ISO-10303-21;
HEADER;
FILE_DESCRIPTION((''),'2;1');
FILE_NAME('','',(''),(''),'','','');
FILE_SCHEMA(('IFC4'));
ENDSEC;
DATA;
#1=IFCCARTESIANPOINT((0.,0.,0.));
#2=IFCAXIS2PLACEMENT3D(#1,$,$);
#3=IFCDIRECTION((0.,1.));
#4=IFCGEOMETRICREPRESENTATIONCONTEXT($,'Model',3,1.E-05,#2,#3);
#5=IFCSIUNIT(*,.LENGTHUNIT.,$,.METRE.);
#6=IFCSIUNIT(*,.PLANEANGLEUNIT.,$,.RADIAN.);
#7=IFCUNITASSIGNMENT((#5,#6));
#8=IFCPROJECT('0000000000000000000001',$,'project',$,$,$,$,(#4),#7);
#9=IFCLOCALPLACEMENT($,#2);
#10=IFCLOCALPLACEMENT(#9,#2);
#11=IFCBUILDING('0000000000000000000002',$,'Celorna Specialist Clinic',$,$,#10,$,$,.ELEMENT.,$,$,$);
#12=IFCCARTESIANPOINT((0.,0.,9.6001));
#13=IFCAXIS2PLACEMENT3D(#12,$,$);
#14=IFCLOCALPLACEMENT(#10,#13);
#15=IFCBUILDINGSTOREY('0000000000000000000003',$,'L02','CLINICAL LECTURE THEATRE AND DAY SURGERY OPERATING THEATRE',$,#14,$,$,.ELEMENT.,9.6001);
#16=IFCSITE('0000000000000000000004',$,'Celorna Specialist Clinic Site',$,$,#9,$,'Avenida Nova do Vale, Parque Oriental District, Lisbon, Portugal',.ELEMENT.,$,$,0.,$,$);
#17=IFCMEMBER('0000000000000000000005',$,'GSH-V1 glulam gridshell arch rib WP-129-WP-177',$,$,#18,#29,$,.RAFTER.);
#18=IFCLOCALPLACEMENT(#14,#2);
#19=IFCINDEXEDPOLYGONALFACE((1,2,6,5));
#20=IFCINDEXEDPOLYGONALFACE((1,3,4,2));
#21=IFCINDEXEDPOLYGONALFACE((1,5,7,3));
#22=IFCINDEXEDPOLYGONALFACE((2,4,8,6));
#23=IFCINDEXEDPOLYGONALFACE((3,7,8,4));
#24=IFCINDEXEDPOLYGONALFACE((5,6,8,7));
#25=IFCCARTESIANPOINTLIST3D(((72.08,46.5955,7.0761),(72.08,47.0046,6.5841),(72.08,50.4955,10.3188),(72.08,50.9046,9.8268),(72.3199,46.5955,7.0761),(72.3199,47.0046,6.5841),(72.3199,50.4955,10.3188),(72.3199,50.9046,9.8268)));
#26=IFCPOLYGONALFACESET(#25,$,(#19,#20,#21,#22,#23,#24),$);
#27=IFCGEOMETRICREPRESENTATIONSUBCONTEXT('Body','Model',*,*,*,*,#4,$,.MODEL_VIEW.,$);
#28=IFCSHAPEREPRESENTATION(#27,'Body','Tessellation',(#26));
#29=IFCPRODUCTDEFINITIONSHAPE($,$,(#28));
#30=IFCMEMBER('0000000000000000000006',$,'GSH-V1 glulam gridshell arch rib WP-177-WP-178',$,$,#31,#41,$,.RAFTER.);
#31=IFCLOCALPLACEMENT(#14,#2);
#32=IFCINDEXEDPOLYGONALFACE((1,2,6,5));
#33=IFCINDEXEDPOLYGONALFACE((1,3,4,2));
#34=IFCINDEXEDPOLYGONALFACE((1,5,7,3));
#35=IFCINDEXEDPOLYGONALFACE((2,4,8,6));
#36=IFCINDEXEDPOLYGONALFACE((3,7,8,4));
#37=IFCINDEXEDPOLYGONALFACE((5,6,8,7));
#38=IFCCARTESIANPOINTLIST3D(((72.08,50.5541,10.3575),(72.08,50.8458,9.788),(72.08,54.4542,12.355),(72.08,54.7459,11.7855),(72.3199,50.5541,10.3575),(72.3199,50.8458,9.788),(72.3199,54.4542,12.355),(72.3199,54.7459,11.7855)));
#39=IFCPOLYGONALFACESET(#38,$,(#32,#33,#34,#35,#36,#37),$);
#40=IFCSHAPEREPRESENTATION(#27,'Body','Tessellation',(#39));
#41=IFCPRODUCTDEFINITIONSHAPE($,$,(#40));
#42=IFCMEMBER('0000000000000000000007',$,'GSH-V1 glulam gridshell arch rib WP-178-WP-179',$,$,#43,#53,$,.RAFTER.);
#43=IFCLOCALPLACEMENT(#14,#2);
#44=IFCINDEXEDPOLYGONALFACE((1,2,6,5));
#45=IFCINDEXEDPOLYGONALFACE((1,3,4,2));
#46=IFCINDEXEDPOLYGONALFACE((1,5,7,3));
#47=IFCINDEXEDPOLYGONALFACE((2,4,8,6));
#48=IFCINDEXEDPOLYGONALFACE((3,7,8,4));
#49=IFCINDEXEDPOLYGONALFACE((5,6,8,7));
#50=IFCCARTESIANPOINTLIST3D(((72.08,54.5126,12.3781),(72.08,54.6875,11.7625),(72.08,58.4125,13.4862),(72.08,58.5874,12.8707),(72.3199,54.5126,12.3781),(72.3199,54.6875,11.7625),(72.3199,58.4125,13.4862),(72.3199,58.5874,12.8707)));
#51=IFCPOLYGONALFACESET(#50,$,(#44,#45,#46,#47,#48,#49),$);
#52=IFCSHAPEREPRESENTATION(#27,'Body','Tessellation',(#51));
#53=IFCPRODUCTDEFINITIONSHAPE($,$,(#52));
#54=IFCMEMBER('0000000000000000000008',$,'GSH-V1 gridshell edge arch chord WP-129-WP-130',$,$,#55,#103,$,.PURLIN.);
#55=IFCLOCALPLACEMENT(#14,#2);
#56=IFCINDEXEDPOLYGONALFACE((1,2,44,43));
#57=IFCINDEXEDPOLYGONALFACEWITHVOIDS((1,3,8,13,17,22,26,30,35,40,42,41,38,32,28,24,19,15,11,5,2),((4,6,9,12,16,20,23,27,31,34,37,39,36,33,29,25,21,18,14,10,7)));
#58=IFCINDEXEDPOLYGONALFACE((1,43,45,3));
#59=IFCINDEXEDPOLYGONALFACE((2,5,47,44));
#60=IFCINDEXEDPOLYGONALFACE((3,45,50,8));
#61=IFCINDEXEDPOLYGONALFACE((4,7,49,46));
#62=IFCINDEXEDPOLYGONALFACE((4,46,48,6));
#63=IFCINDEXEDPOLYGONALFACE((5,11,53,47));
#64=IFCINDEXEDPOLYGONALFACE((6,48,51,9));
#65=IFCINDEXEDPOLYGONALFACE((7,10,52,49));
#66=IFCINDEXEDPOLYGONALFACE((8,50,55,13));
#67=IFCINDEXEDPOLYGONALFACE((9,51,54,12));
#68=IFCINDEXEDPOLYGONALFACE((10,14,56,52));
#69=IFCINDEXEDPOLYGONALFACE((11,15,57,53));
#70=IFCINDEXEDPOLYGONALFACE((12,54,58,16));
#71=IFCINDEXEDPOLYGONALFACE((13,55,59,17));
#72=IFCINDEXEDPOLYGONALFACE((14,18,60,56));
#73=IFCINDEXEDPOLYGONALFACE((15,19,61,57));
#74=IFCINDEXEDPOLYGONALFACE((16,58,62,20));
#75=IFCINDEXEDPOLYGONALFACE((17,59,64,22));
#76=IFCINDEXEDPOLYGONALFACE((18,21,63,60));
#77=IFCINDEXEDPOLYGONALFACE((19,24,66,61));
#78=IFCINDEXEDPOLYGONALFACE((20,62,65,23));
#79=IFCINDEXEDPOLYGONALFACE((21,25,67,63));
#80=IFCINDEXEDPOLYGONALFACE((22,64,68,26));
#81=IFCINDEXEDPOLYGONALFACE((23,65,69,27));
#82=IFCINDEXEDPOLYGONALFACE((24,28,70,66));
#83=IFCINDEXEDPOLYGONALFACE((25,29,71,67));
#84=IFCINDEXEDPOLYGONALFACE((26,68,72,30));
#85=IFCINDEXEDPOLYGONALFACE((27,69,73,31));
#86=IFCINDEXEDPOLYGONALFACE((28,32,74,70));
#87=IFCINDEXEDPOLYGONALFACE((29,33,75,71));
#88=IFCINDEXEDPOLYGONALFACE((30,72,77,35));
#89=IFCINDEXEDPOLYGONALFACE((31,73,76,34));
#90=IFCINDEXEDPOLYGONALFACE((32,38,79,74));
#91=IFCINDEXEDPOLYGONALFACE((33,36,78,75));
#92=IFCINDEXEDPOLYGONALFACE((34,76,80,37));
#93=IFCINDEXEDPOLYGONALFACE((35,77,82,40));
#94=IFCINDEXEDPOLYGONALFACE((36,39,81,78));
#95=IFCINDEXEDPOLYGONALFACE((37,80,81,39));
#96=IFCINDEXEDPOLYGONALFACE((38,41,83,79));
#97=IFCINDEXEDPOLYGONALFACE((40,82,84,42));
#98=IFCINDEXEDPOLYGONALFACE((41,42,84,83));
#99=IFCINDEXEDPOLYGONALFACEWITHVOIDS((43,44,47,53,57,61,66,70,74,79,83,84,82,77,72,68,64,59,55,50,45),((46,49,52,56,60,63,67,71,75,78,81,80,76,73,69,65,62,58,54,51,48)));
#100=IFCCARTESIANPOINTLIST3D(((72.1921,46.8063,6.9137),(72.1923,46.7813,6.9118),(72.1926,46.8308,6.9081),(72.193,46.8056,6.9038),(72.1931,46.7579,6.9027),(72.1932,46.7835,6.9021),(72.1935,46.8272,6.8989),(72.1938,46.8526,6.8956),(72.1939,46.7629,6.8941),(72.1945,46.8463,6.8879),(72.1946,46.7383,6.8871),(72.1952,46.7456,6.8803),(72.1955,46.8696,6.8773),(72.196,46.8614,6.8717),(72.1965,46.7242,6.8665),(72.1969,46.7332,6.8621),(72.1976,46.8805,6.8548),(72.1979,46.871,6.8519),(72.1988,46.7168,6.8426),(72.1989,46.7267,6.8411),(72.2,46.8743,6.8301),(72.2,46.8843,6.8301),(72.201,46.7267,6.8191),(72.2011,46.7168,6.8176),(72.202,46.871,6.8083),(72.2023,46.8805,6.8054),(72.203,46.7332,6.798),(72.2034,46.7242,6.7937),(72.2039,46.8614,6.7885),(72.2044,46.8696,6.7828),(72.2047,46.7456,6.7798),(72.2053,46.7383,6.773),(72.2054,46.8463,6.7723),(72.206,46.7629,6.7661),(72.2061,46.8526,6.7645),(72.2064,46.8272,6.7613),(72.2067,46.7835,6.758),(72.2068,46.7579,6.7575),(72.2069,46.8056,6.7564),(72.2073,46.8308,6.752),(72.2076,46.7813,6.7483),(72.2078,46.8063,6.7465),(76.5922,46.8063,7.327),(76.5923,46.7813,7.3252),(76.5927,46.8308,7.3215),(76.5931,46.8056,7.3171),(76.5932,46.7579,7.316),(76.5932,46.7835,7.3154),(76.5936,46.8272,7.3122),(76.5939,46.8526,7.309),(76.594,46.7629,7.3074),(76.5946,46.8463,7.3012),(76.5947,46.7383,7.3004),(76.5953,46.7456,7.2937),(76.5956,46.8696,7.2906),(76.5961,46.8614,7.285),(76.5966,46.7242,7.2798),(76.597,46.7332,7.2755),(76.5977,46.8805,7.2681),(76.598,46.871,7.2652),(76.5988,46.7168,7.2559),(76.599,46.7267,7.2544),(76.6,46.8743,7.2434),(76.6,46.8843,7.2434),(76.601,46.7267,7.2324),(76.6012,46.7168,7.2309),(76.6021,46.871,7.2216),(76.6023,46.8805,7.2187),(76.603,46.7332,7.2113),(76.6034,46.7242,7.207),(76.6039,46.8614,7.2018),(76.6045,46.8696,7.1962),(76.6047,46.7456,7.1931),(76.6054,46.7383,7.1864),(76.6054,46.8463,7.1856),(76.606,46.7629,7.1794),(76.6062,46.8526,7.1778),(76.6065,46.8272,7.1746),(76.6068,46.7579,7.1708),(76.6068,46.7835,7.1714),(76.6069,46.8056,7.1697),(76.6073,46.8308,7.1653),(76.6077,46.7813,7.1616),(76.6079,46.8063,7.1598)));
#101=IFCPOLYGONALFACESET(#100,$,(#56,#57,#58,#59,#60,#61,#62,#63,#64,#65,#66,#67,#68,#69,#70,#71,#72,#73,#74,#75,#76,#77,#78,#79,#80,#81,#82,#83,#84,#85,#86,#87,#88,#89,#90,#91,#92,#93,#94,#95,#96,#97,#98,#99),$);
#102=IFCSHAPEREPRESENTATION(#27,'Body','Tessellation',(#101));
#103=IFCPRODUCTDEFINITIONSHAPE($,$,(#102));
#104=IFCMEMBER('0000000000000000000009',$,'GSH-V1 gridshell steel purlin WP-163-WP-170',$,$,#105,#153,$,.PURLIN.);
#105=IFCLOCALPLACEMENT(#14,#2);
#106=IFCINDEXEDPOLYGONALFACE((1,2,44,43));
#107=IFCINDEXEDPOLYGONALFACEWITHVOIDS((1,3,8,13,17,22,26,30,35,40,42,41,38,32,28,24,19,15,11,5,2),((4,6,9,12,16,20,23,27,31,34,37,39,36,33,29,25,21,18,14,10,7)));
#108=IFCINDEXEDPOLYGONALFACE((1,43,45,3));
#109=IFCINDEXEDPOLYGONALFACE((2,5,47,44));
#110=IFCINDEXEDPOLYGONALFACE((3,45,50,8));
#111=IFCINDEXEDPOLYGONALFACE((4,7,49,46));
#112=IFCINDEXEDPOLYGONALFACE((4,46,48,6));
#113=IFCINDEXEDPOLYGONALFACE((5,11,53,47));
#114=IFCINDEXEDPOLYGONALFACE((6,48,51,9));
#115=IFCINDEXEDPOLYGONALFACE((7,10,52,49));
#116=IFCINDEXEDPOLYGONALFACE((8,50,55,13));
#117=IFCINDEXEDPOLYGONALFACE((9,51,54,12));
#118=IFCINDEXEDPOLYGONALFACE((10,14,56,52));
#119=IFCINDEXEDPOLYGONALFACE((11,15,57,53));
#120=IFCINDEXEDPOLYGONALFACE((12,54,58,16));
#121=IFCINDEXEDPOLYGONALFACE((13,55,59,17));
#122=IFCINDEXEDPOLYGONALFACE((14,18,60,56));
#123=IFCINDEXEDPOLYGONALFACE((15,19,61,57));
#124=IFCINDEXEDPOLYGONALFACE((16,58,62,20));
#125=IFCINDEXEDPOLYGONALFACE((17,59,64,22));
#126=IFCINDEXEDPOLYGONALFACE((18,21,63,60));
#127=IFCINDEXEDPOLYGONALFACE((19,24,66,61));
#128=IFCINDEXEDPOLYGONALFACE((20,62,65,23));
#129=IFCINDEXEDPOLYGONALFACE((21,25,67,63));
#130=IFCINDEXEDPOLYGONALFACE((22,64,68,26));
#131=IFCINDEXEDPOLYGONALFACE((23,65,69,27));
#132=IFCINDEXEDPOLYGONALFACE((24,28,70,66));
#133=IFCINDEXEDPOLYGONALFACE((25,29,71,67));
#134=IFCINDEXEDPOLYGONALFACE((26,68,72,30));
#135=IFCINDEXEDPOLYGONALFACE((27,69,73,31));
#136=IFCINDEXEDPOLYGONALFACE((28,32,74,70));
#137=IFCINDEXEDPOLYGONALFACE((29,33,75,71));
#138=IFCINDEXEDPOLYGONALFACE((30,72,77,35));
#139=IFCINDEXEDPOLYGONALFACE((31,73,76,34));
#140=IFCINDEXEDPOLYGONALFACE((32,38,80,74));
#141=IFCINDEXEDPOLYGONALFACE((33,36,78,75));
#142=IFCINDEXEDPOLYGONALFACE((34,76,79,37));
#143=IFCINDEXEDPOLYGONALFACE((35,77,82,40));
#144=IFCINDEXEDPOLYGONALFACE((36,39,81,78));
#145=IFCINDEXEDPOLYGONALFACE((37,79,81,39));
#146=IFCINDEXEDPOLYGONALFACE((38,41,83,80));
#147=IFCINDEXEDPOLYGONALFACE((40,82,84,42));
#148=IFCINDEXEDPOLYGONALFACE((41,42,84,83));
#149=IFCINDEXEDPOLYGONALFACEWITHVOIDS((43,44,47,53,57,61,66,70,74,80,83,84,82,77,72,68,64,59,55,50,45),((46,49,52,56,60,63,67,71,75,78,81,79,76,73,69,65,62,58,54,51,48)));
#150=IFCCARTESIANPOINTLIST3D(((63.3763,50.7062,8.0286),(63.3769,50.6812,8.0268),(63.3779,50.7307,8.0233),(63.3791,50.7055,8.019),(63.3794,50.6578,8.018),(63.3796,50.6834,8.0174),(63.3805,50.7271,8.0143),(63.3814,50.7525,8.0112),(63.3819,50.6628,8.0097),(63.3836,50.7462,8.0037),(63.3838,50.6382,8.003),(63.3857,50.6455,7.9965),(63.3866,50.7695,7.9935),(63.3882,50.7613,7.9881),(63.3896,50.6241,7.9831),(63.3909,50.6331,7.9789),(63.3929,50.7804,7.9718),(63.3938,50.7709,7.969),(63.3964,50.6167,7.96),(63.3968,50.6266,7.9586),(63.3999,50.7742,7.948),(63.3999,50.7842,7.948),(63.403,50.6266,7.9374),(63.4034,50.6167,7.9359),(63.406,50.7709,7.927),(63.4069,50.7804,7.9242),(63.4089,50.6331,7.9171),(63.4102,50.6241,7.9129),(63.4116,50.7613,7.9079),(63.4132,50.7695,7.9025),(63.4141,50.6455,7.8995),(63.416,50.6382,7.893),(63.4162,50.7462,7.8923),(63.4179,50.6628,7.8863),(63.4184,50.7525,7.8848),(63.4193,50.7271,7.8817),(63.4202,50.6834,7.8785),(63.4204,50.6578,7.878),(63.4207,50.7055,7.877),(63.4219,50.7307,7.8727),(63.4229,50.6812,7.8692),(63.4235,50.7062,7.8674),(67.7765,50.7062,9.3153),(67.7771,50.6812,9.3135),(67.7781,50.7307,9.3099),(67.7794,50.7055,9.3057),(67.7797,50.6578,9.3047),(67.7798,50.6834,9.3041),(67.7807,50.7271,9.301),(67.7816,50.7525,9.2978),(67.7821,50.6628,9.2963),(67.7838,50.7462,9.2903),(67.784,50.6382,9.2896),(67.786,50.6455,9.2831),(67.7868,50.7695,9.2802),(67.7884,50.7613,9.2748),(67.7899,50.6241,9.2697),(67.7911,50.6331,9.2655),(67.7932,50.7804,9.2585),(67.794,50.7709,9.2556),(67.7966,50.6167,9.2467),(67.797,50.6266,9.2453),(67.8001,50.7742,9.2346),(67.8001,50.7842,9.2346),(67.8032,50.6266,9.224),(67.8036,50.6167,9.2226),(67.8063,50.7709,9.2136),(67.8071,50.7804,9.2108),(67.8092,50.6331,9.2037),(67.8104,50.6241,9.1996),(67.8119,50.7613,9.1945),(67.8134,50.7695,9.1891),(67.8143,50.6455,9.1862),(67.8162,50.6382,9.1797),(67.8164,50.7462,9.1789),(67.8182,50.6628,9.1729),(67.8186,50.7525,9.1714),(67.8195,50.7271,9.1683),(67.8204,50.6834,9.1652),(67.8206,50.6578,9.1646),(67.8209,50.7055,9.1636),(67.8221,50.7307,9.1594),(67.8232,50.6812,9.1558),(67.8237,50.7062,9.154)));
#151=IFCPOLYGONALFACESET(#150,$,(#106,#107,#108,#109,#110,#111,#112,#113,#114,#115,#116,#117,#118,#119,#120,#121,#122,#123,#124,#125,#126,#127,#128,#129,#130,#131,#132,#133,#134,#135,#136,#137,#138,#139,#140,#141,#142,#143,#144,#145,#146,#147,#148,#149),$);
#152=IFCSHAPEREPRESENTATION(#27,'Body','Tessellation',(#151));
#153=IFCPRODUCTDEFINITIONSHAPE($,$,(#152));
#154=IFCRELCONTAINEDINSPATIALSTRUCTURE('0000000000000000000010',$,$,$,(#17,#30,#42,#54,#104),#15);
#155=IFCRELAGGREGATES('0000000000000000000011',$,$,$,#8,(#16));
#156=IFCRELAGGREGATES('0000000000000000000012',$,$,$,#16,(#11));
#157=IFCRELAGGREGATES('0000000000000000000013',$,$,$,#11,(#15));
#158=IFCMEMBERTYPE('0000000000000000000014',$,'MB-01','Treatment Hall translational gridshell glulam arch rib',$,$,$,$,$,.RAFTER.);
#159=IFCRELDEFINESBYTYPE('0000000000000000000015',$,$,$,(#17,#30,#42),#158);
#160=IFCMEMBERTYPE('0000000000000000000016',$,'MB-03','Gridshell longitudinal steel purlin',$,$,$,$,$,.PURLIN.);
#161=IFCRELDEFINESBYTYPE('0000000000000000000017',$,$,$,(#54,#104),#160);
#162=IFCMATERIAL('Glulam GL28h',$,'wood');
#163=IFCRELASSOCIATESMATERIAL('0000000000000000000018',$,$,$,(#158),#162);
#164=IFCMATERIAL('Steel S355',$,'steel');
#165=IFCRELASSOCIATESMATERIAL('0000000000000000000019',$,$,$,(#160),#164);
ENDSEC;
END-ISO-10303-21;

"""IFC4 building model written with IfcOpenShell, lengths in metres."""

from ifc_helpers import new_model, si_unit, direction, frame, origin, origin_2d, place, context, subcontext, project, spatial, rectangle, hollow_circle, extrude, material, material_profile, profile_set, type_object, element, save


model = new_model("IFC4")

# Units and contexts
model_context = context("Model", 3, precision=1e-05, world=origin(), true_north=direction((0.0, 1.0)))
body_context = subcontext(model_context, "Body", "Model", "MODEL_VIEW")
ifc_project = project(units=[si_unit("LENGTHUNIT", "METRE"), si_unit("PLANEANGLEUNIT", "RADIAN")], contexts=[model_context])

# Site, building, storey
site_placement = place(None, origin())
site = spatial("IfcSite", under=ifc_project, at=site_placement, Name="Celorna Specialist Clinic Site", LongName="Avenida Nova do Vale, Parque Oriental District, Lisbon, Portugal", CompositionType="ELEMENT", RefElevation=0.0)
building_placement = place(site_placement, origin())
building = spatial("IfcBuilding", under=site, at=building_placement, Name="Celorna Specialist Clinic", CompositionType="ELEMENT")
storey_placement = place(building_placement, frame((0.0, 0.0, 9.6001)))
storey = spatial("IfcBuildingStorey", under=building, at=storey_placement, Name="L02", Description="CLINICAL LECTURE THEATRE AND DAY SURGERY OPERATING THEATRE", CompositionType="ELEMENT", Elevation=9.6001)

# Shared definitions
ifc_material_1 = material(Name="Steel S355", Category="steel")

# Members
ifc_material_2 = material(Name="Glulam GL28h", Category="wood")
ifc_material_profile_1 = material_profile(ifc_material_2, rectangle(XDim=0.24, YDim=0.6399, at=origin_2d()), Name="GL28h 240x640")
ifc_profile_set_1 = profile_set([ifc_material_profile_1], Name="Glulam GL28h")
member_type_1 = type_object("IfcMemberType", Name="MB-01", Description="Treatment Hall translational gridshell glulam arch rib", PredefinedType="RAFTER", material=ifc_profile_set_1)
member_1_placement = place(storey_placement, frame((72.2, 46.8, 6.8301), z_axis=(0.0, 0.768923, 0.639341), x_axis=(-1.0, 0.0, 0.0)))
element("IfcMember", 1, at=member_1_placement, inside=storey, type_object=member_type_1, Name="GSH-V1 glulam gridshell arch rib WP-129-WP-177", PredefinedType="RAFTER", context=body_context, shape_type="SweptSolid", body=[
    extrude(rectangle(XDim=0.24, YDim=0.6399, at=origin_2d()), origin(), (0.0, 0.0, 1.0), 5.072),
])
member_2_placement = place(storey_placement, frame((72.2, 50.7, 10.0728), z_axis=(0.0, 0.890051, 0.455862), x_axis=(-1.0, 0.0, 0.0)))
element("IfcMember", 2, at=member_2_placement, inside=storey, type_object=member_type_1, Name="GSH-V1 glulam gridshell arch rib WP-177-WP-178", PredefinedType="RAFTER", context=body_context, shape_type="SweptSolid", body=[
    extrude(rectangle(XDim=0.24, YDim=0.6399, at=origin_2d()), origin(), (0.0, 0.0, 1.0), 4.3818),
])
member_3_placement = place(storey_placement, frame((72.2, 54.6001, 12.0703), z_axis=(0.0, 0.961921, 0.273329), x_axis=(-1.0, 0.0, 0.0)))
element("IfcMember", 3, at=member_3_placement, inside=storey, type_object=member_type_1, Name="GSH-V1 glulam gridshell arch rib WP-178-WP-179", PredefinedType="RAFTER", context=body_context, shape_type="SweptSolid", body=[
    extrude(rectangle(XDim=0.24, YDim=0.6399, at=origin_2d()), origin(), (0.0, 0.0, 1.0), 4.0542),
])
ifc_material_profile_2 = material_profile(ifc_material_1, hollow_circle(Radius=0.0842, WallThickness=0.01, at=origin_2d()), Name="CHS 168.3x10")
ifc_profile_set_2 = profile_set([ifc_material_profile_2], Name="Steel S355")
member_type_2 = type_object("IfcMemberType", Name="MB-03", Description="Gridshell longitudinal steel purlin", PredefinedType="PURLIN", material=ifc_profile_set_2)
member_4_placement = place(storey_placement, frame((72.2, 46.8, 6.8301), z_axis=(0.995617, 0.0, 0.093524), x_axis=(0.0, 1.0, 0.0)))
element("IfcMember", 4, at=member_4_placement, inside=storey, type_object=member_type_2, Name="GSH-V1 gridshell edge arch chord WP-129-WP-130", PredefinedType="PURLIN", context=body_context, shape_type="SweptSolid", body=[
    extrude(hollow_circle(Radius=0.0842, WallThickness=0.01, at=origin_2d()), origin(), (0.0, 0.0, 1.0), 4.4194),
])
member_5_placement = place(storey_placement, frame((63.3999, 50.7, 7.948), z_axis=(0.95981, 0.0, 0.280652), x_axis=(0.0, 1.0, 0.0)))
element("IfcMember", 5, at=member_5_placement, inside=storey, type_object=member_type_2, Name="GSH-V1 gridshell steel purlin WP-163-WP-170", PredefinedType="PURLIN", context=body_context, shape_type="SweptSolid", body=[
    extrude(hollow_circle(Radius=0.0842, WallThickness=0.01, at=origin_2d()), origin(), (0.0, 0.0, 1.0), 4.5845),
])

save(model, "model.ifc")
